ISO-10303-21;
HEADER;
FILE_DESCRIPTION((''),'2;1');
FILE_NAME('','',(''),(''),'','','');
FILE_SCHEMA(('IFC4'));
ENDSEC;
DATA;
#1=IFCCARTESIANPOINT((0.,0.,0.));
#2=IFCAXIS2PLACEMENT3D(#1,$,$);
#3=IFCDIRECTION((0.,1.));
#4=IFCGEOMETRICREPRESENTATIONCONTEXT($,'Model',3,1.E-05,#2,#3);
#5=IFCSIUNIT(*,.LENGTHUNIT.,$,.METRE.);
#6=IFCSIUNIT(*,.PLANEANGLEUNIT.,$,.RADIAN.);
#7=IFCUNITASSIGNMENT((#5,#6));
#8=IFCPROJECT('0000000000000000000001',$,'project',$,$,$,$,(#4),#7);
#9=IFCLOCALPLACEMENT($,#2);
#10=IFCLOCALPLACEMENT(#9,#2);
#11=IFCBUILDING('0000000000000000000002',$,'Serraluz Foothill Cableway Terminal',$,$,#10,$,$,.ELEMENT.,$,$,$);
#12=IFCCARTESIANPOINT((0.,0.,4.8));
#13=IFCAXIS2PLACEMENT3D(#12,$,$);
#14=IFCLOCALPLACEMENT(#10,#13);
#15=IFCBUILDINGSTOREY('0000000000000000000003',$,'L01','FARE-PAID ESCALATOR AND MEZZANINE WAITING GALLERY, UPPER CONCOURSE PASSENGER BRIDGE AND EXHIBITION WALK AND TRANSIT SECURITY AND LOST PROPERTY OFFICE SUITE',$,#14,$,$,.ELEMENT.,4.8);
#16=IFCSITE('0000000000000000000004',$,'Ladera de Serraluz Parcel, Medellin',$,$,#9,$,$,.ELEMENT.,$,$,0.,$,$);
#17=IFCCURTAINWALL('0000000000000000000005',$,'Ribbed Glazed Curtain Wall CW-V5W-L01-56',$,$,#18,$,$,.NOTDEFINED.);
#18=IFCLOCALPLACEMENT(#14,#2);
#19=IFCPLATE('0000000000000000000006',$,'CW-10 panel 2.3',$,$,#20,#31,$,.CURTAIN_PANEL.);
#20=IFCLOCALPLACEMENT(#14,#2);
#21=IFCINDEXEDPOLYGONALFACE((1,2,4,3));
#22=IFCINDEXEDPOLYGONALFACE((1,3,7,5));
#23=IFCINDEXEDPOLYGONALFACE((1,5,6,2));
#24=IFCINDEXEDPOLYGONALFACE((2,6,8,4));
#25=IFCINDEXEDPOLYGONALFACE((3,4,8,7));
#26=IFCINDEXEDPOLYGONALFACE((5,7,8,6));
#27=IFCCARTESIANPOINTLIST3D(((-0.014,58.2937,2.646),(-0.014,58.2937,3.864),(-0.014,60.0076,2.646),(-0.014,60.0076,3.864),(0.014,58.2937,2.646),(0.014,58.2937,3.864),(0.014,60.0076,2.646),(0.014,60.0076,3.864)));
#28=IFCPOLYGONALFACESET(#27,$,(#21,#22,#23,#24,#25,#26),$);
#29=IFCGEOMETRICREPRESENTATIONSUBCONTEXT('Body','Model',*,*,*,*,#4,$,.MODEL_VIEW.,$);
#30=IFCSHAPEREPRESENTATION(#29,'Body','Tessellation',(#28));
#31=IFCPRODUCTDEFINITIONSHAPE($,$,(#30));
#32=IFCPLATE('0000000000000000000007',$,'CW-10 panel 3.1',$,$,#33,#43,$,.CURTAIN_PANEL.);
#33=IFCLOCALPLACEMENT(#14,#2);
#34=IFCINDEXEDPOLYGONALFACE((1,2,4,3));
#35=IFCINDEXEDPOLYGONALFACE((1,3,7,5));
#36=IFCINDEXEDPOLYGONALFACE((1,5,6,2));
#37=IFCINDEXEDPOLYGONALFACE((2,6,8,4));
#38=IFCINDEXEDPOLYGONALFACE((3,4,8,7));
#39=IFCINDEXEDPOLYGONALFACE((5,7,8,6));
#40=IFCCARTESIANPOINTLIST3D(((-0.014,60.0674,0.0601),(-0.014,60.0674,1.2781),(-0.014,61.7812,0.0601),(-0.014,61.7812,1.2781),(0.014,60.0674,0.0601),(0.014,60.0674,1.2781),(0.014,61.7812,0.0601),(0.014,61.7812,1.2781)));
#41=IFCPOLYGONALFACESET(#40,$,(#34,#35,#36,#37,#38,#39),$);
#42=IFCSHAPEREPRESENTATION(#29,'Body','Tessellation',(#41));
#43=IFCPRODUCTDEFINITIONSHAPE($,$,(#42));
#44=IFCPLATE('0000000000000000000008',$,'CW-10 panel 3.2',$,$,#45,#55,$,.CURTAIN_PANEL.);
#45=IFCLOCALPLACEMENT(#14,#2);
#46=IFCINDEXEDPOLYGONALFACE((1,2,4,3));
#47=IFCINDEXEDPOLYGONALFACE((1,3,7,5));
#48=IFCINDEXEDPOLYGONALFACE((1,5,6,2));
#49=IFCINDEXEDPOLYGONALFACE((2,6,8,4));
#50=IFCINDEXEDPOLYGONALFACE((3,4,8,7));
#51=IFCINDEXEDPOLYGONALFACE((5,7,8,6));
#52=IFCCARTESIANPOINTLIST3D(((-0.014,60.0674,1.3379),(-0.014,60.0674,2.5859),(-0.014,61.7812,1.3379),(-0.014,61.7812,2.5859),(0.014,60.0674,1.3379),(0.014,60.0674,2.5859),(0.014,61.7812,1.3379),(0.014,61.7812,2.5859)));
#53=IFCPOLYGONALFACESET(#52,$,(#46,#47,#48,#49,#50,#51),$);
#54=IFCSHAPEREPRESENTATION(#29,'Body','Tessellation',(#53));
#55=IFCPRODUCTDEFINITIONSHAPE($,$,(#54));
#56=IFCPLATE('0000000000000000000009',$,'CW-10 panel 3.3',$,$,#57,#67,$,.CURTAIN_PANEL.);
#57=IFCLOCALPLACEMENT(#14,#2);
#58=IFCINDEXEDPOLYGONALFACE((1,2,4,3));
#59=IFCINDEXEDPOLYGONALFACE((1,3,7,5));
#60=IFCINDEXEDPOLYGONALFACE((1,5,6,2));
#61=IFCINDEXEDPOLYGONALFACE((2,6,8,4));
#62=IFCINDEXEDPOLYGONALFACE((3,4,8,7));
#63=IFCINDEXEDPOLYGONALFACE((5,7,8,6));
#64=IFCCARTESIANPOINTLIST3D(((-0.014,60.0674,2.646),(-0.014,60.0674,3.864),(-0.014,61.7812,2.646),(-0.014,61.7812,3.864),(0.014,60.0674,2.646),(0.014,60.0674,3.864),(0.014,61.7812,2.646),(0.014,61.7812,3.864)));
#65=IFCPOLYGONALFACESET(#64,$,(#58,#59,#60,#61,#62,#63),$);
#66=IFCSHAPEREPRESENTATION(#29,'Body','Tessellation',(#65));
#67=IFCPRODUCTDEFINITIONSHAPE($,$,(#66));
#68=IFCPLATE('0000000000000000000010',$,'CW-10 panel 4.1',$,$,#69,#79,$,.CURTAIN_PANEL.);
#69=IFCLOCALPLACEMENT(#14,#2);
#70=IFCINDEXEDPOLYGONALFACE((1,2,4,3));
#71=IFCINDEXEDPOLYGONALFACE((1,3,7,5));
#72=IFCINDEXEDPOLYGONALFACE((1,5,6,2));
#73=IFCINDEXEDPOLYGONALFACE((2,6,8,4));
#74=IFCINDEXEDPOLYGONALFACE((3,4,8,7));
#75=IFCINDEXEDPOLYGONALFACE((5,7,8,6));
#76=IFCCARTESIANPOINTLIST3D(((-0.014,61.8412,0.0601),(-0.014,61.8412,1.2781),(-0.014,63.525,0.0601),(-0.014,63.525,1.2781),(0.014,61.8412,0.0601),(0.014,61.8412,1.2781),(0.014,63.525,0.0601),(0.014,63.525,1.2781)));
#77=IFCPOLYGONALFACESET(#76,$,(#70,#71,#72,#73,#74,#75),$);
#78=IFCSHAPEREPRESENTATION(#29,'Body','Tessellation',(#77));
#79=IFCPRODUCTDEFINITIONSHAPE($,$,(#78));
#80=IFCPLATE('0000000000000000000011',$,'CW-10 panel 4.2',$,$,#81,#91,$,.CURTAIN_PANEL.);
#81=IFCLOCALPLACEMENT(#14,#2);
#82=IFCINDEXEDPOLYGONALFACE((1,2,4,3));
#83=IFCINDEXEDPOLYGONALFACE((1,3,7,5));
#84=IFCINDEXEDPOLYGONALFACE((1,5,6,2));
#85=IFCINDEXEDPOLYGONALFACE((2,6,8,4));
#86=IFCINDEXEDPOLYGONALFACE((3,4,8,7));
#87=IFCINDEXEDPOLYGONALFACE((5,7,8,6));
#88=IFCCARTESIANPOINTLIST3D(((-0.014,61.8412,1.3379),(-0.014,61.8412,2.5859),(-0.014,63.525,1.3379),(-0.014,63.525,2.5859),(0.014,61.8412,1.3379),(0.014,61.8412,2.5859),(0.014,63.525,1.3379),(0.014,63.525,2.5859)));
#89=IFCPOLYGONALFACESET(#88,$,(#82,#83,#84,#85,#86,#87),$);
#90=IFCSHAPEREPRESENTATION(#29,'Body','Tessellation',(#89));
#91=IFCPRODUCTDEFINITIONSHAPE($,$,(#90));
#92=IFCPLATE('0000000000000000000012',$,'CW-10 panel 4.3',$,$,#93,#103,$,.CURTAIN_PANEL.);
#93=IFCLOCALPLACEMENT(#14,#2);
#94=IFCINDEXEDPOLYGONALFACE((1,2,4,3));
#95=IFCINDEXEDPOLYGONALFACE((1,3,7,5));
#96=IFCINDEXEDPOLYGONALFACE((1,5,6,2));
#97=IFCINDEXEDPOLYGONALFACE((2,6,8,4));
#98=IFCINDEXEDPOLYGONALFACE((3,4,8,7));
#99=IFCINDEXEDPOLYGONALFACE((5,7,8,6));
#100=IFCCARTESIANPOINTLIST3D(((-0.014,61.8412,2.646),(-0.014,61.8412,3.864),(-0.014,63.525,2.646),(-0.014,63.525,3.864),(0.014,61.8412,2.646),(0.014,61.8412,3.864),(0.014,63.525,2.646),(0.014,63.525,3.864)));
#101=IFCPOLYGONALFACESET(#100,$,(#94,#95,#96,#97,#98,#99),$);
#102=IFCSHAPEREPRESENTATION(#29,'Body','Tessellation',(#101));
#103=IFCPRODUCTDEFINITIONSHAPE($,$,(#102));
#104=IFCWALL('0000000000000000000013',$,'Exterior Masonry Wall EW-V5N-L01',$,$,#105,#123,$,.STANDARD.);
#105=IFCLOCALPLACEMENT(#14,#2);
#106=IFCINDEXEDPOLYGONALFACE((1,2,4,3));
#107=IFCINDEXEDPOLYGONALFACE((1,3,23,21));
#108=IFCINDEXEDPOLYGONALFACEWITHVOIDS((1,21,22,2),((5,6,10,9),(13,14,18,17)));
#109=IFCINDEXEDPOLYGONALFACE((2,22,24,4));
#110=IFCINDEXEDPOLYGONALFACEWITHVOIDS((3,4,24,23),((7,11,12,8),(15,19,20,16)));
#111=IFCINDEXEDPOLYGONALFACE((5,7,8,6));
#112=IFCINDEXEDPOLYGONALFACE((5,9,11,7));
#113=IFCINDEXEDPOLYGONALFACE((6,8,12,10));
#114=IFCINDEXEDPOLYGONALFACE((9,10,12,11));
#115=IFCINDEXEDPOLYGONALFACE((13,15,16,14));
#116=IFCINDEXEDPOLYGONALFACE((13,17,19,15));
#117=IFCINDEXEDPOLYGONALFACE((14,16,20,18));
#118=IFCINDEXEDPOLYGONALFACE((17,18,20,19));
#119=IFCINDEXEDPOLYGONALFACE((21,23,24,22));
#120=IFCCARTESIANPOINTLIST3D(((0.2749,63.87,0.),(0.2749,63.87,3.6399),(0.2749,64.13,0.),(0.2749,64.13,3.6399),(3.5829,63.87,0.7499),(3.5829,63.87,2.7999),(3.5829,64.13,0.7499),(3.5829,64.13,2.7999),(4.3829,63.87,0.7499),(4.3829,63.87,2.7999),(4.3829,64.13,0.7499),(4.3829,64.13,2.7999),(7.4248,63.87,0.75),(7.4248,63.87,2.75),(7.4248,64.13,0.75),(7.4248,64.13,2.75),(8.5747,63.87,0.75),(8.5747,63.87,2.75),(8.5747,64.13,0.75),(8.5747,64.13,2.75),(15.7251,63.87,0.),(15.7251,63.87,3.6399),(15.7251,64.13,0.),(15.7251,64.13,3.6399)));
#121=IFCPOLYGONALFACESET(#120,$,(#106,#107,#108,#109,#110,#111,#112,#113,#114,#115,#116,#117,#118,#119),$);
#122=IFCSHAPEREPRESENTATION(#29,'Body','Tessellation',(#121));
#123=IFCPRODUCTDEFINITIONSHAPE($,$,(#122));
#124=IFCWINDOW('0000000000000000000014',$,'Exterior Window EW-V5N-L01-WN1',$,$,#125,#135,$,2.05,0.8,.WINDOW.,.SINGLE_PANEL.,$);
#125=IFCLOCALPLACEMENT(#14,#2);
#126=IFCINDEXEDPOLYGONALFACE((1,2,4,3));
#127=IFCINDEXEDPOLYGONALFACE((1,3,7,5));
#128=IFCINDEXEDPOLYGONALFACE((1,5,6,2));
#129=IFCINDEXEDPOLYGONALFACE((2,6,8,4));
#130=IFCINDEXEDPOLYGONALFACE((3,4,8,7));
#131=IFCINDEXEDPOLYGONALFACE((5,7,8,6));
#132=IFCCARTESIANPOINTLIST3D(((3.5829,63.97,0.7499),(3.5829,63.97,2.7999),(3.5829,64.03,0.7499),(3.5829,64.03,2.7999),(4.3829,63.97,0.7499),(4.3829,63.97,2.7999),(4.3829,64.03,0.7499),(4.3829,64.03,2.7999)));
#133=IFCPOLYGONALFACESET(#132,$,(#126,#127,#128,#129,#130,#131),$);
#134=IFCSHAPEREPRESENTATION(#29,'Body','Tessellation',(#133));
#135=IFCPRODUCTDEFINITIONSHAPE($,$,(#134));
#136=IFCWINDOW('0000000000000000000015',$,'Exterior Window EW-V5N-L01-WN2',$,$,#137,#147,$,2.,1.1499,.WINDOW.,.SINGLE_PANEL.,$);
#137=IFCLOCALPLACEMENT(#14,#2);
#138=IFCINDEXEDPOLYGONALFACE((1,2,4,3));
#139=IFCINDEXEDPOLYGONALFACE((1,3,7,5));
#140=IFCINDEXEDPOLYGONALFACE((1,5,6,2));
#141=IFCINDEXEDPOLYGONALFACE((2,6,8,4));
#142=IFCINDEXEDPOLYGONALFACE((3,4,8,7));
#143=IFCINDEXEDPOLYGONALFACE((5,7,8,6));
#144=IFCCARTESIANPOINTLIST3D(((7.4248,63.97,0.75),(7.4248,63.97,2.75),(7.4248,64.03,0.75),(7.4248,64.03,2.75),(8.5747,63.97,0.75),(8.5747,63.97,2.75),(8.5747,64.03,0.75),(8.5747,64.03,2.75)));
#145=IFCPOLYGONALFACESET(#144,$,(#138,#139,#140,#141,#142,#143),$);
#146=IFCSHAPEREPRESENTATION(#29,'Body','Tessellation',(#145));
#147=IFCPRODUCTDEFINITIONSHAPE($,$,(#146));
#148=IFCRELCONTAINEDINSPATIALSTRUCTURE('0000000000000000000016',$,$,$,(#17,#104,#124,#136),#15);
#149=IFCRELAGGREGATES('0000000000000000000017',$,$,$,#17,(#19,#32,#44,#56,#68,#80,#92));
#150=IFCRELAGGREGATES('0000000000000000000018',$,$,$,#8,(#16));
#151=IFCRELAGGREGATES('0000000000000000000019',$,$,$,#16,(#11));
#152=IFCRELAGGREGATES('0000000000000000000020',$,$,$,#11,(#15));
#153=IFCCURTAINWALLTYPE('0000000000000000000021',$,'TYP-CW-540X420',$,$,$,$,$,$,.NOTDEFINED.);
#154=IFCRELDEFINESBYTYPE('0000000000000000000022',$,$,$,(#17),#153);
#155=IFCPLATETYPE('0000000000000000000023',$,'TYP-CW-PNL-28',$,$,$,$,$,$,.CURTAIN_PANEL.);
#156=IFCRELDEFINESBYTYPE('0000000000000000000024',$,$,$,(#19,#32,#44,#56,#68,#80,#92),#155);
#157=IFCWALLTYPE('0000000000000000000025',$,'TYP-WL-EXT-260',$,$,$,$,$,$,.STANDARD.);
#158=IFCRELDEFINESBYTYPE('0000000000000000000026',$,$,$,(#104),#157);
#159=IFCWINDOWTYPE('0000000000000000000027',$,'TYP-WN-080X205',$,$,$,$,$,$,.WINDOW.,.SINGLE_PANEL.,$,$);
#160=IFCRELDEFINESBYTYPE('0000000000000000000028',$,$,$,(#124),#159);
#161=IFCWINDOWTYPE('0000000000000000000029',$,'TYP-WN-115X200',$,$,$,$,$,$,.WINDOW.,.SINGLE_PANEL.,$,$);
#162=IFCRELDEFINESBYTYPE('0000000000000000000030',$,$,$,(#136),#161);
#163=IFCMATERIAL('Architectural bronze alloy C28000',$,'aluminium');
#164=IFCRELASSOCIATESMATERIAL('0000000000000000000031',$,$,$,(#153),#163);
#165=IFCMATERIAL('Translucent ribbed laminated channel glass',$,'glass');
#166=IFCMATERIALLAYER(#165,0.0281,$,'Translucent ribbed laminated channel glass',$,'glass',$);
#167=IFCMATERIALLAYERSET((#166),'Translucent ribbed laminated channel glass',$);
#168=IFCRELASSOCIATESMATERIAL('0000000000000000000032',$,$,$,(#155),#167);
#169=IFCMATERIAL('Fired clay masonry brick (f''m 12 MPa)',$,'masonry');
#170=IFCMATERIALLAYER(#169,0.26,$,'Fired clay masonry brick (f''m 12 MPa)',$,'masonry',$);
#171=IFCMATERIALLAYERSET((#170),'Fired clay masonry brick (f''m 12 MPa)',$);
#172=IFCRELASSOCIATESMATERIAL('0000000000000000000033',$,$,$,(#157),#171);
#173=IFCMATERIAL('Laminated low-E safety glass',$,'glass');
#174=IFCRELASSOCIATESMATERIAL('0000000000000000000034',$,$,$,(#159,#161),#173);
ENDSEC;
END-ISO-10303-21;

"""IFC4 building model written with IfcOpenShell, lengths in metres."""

from ifc_helpers import new_model, si_unit, direction, frame, frame_2d, origin, origin_2d, place, context, subcontext, project, spatial, rectangle, extrude, material, layer, layer_set, type_object, element, fill, aggregate, save


model = new_model("IFC4")

# Units and contexts
model_context = context("Model", 3, precision=1e-05, world=origin(), true_north=direction((0.0, 1.0)))
body_context = subcontext(model_context, "Body", "Model", "MODEL_VIEW")
ifc_project = project(units=[si_unit("LENGTHUNIT", "METRE"), si_unit("PLANEANGLEUNIT", "RADIAN")], contexts=[model_context])

# Site, building, storey
site_placement = place(None, origin())
site = spatial("IfcSite", under=ifc_project, at=site_placement, Name="Ladera de Serraluz Parcel, Medellin", CompositionType="ELEMENT", RefElevation=0.0)
building_placement = place(site_placement, origin())
building = spatial("IfcBuilding", under=site, at=building_placement, Name="Serraluz Foothill Cableway Terminal", CompositionType="ELEMENT")
storey_placement = place(building_placement, frame((0.0, 0.0, 4.8)))
storey = spatial("IfcBuildingStorey", under=building, at=storey_placement, Name="L01", Description="FARE-PAID ESCALATOR AND MEZZANINE WAITING GALLERY, UPPER CONCOURSE PASSENGER BRIDGE AND EXHIBITION WALK AND TRANSIT SECURITY AND LOST PROPERTY OFFICE SUITE", CompositionType="ELEMENT", Elevation=4.8)

# Shared definitions
ifc_material_1 = material(Name="Fired clay masonry brick (f'm 12 MPa)", Category="masonry")

# Curtain wall
ifc_material_2 = material(Name="Architectural bronze alloy C28000", Category="aluminium")
curtain_wall_type_1 = type_object("IfcCurtainWallType", Name="TYP-CW-540X420", PredefinedType="NOTDEFINED", material=ifc_material_2)
curtain_wall_1_placement = place(storey_placement, origin())
curtain_wall_1 = element("IfcCurtainWall", 1, at=curtain_wall_1_placement, inside=storey, type_object=curtain_wall_type_1, Name="Ribbed Glazed Curtain Wall CW-V5W-L01-56", PredefinedType="NOTDEFINED")

# Plates
ifc_material_3 = material(Name="Translucent ribbed laminated channel glass", Category="glass")
ifc_layer_1 = layer(ifc_material_3, 0.0281, Name="Translucent ribbed laminated channel glass", Category="glass")
ifc_layer_set_1 = layer_set([ifc_layer_1], Name="Translucent ribbed laminated channel glass")
plate_type = type_object("IfcPlateType", Name="TYP-CW-PNL-28", PredefinedType="CURTAIN_PANEL", material=ifc_layer_set_1)
plate_1_placement = place(storey_placement, frame((0.0, 59.1506, 2.646), z_axis=(0.0, 0.0, 1.0), x_axis=(0.0, 1.0, 0.0)))
plate_1 = element("IfcPlate", 2, at=plate_1_placement, type_object=plate_type, Name="CW-10 panel 2.3", PredefinedType="CURTAIN_PANEL", context=body_context, shape_type="SweptSolid", body=[
    extrude(rectangle(XDim=1.7139, YDim=0.0281, at=origin_2d()), origin(), (0.0, 0.0, 1.0), 1.218),
])
plate_2_placement = place(storey_placement, frame((0.0, 60.9243, 0.0601), z_axis=(0.0, 0.0, 1.0), x_axis=(0.0, 1.0, 0.0)))
plate_2 = element("IfcPlate", 3, at=plate_2_placement, type_object=plate_type, Name="CW-10 panel 3.1", PredefinedType="CURTAIN_PANEL", context=body_context, shape_type="SweptSolid", body=[
    extrude(rectangle(XDim=1.7139, YDim=0.0281, at=origin_2d()), origin(), (0.0, 0.0, 1.0), 1.218),
])
plate_3_placement = place(storey_placement, frame((0.0, 60.9243, 1.3379), z_axis=(0.0, 0.0, 1.0), x_axis=(0.0, 1.0, 0.0)))
plate_3 = element("IfcPlate", 4, at=plate_3_placement, type_object=plate_type, Name="CW-10 panel 3.2", PredefinedType="CURTAIN_PANEL", context=body_context, shape_type="SweptSolid", body=[
    extrude(rectangle(XDim=1.7139, YDim=0.0281, at=origin_2d()), origin(), (0.0, 0.0, 1.0), 1.248),
])
plate_4_placement = place(storey_placement, frame((0.0, 60.9243, 2.646), z_axis=(0.0, 0.0, 1.0), x_axis=(0.0, 1.0, 0.0)))
plate_4 = element("IfcPlate", 5, at=plate_4_placement, type_object=plate_type, Name="CW-10 panel 3.3", PredefinedType="CURTAIN_PANEL", context=body_context, shape_type="SweptSolid", body=[
    extrude(rectangle(XDim=1.7139, YDim=0.0281, at=origin_2d()), origin(), (0.0, 0.0, 1.0), 1.218),
])
plate_5_placement = place(storey_placement, frame((0.0, 62.6831, 0.0601), z_axis=(0.0, 0.0, 1.0), x_axis=(0.0, 1.0, 0.0)))
plate_5 = element("IfcPlate", 6, at=plate_5_placement, type_object=plate_type, Name="CW-10 panel 4.1", PredefinedType="CURTAIN_PANEL", context=body_context, shape_type="SweptSolid", body=[
    extrude(rectangle(XDim=1.6838, YDim=0.0281, at=origin_2d()), origin(), (0.0, 0.0, 1.0), 1.218),
])
plate_6_placement = place(storey_placement, frame((0.0, 62.6831, 1.3379), z_axis=(0.0, 0.0, 1.0), x_axis=(0.0, 1.0, 0.0)))
plate_6 = element("IfcPlate", 7, at=plate_6_placement, type_object=plate_type, Name="CW-10 panel 4.2", PredefinedType="CURTAIN_PANEL", context=body_context, shape_type="SweptSolid", body=[
    extrude(rectangle(XDim=1.6838, YDim=0.0281, at=origin_2d()), origin(), (0.0, 0.0, 1.0), 1.248),
])
plate_7_placement = place(storey_placement, frame((0.0, 62.6831, 2.646), z_axis=(0.0, 0.0, 1.0), x_axis=(0.0, 1.0, 0.0)))
plate_7 = element("IfcPlate", 8, at=plate_7_placement, type_object=plate_type, Name="CW-10 panel 4.3", PredefinedType="CURTAIN_PANEL", context=body_context, shape_type="SweptSolid", body=[
    extrude(rectangle(XDim=1.6838, YDim=0.0281, at=origin_2d()), origin(), (0.0, 0.0, 1.0), 1.218),
])
aggregate(curtain_wall_1, [plate_1, plate_2, plate_3, plate_4, plate_5, plate_6, plate_7])

# Wall, openings, windows
ifc_layer_2 = layer(ifc_material_1, 0.26, Name="Fired clay masonry brick (f'm 12 MPa)", Category="masonry")
ifc_layer_set_2 = layer_set([ifc_layer_2], Name="Fired clay masonry brick (f'm 12 MPa)")
wall_type_1 = type_object("IfcWallType", Name="TYP-WL-EXT-260", PredefinedType="STANDARD", material=ifc_layer_set_2)
wall_1_placement = place(storey_placement, frame((0.2749, 64.0, 0.0), z_axis=(0.0, 0.0, 1.0), x_axis=(1.0, 0.0, 0.0)))
wall_1 = element("IfcWall", 9, at=wall_1_placement, inside=storey, type_object=wall_type_1, Name="Exterior Masonry Wall EW-V5N-L01", PredefinedType="STANDARD", context=body_context, shape_type="SweptSolid", body=[
    extrude(rectangle(XDim=15.4502, YDim=0.26, at=frame_2d((7.7251, 0.0))), origin(), (0.0, 0.0, 1.0), 3.6399),
])
opening_1_placement = place(wall_1_placement, frame((3.3081, 0.0, 0.75)))
opening_1 = element("IfcOpeningElement", 10, at=opening_1_placement, cuts=wall_1, PredefinedType="OPENING", context=body_context, shape_type="SweptSolid", body=[
    extrude(rectangle(XDim=0.8, YDim=2.05, at=frame_2d((0.3999, 1.0249))), frame((0.0, 0.1401, 0.0), z_axis=(0.0, -1.0, 0.0), x_axis=(1.0, 0.0, 0.0)), (0.0, 0.0, 1.0), 0.28),
])
opening_2_placement = place(wall_1_placement, frame((7.1499, 0.0, 0.75)))
opening_2 = element("IfcOpeningElement", 11, at=opening_2_placement, cuts=wall_1, PredefinedType="OPENING", context=body_context, shape_type="SweptSolid", body=[
    extrude(rectangle(XDim=1.1499, YDim=2.0, at=frame_2d((0.575, 1.0))), frame((0.0, 0.1401, 0.0), z_axis=(0.0, -1.0, 0.0), x_axis=(1.0, 0.0, 0.0)), (0.0, 0.0, 1.0), 0.28),
])
ifc_material_4 = material(Name="Laminated low-E safety glass", Category="glass")
window_type_1 = type_object("IfcWindowType", Name="TYP-WN-080X205", PartitioningType="SINGLE_PANEL", PredefinedType="WINDOW", material=ifc_material_4)
window_1_placement = place(opening_1_placement, origin())
window_1 = element("IfcWindow", 12, at=window_1_placement, inside=storey, type_object=window_type_1, Name="Exterior Window EW-V5N-L01-WN1", OverallHeight=2.05, OverallWidth=0.8, PartitioningType="SINGLE_PANEL", PredefinedType="WINDOW", context=body_context, shape_type="SweptSolid", body=[
    extrude(rectangle(XDim=0.8, YDim=2.05, at=frame_2d((0.3999, 1.0249))), frame((0.0, 0.03, 0.0), z_axis=(0.0, -1.0, 0.0), x_axis=(1.0, 0.0, 0.0)), (0.0, 0.0, 1.0), 0.0601),
])
fill(opening_1, window_1)
window_type_2 = type_object("IfcWindowType", Name="TYP-WN-115X200", PartitioningType="SINGLE_PANEL", PredefinedType="WINDOW", material=ifc_material_4)
window_2_placement = place(opening_2_placement, origin())
window_2 = element("IfcWindow", 13, at=window_2_placement, inside=storey, type_object=window_type_2, Name="Exterior Window EW-V5N-L01-WN2", OverallHeight=2.0, OverallWidth=1.1499, PartitioningType="SINGLE_PANEL", PredefinedType="WINDOW", context=body_context, shape_type="SweptSolid", body=[
    extrude(rectangle(XDim=1.1499, YDim=2.0, at=frame_2d((0.575, 1.0))), frame((0.0, 0.03, 0.0), z_axis=(0.0, -1.0, 0.0), x_axis=(1.0, 0.0, 0.0)), (0.0, 0.0, 1.0), 0.0601),
])
fill(opening_2, window_2)

save(model, "model.ifc")
